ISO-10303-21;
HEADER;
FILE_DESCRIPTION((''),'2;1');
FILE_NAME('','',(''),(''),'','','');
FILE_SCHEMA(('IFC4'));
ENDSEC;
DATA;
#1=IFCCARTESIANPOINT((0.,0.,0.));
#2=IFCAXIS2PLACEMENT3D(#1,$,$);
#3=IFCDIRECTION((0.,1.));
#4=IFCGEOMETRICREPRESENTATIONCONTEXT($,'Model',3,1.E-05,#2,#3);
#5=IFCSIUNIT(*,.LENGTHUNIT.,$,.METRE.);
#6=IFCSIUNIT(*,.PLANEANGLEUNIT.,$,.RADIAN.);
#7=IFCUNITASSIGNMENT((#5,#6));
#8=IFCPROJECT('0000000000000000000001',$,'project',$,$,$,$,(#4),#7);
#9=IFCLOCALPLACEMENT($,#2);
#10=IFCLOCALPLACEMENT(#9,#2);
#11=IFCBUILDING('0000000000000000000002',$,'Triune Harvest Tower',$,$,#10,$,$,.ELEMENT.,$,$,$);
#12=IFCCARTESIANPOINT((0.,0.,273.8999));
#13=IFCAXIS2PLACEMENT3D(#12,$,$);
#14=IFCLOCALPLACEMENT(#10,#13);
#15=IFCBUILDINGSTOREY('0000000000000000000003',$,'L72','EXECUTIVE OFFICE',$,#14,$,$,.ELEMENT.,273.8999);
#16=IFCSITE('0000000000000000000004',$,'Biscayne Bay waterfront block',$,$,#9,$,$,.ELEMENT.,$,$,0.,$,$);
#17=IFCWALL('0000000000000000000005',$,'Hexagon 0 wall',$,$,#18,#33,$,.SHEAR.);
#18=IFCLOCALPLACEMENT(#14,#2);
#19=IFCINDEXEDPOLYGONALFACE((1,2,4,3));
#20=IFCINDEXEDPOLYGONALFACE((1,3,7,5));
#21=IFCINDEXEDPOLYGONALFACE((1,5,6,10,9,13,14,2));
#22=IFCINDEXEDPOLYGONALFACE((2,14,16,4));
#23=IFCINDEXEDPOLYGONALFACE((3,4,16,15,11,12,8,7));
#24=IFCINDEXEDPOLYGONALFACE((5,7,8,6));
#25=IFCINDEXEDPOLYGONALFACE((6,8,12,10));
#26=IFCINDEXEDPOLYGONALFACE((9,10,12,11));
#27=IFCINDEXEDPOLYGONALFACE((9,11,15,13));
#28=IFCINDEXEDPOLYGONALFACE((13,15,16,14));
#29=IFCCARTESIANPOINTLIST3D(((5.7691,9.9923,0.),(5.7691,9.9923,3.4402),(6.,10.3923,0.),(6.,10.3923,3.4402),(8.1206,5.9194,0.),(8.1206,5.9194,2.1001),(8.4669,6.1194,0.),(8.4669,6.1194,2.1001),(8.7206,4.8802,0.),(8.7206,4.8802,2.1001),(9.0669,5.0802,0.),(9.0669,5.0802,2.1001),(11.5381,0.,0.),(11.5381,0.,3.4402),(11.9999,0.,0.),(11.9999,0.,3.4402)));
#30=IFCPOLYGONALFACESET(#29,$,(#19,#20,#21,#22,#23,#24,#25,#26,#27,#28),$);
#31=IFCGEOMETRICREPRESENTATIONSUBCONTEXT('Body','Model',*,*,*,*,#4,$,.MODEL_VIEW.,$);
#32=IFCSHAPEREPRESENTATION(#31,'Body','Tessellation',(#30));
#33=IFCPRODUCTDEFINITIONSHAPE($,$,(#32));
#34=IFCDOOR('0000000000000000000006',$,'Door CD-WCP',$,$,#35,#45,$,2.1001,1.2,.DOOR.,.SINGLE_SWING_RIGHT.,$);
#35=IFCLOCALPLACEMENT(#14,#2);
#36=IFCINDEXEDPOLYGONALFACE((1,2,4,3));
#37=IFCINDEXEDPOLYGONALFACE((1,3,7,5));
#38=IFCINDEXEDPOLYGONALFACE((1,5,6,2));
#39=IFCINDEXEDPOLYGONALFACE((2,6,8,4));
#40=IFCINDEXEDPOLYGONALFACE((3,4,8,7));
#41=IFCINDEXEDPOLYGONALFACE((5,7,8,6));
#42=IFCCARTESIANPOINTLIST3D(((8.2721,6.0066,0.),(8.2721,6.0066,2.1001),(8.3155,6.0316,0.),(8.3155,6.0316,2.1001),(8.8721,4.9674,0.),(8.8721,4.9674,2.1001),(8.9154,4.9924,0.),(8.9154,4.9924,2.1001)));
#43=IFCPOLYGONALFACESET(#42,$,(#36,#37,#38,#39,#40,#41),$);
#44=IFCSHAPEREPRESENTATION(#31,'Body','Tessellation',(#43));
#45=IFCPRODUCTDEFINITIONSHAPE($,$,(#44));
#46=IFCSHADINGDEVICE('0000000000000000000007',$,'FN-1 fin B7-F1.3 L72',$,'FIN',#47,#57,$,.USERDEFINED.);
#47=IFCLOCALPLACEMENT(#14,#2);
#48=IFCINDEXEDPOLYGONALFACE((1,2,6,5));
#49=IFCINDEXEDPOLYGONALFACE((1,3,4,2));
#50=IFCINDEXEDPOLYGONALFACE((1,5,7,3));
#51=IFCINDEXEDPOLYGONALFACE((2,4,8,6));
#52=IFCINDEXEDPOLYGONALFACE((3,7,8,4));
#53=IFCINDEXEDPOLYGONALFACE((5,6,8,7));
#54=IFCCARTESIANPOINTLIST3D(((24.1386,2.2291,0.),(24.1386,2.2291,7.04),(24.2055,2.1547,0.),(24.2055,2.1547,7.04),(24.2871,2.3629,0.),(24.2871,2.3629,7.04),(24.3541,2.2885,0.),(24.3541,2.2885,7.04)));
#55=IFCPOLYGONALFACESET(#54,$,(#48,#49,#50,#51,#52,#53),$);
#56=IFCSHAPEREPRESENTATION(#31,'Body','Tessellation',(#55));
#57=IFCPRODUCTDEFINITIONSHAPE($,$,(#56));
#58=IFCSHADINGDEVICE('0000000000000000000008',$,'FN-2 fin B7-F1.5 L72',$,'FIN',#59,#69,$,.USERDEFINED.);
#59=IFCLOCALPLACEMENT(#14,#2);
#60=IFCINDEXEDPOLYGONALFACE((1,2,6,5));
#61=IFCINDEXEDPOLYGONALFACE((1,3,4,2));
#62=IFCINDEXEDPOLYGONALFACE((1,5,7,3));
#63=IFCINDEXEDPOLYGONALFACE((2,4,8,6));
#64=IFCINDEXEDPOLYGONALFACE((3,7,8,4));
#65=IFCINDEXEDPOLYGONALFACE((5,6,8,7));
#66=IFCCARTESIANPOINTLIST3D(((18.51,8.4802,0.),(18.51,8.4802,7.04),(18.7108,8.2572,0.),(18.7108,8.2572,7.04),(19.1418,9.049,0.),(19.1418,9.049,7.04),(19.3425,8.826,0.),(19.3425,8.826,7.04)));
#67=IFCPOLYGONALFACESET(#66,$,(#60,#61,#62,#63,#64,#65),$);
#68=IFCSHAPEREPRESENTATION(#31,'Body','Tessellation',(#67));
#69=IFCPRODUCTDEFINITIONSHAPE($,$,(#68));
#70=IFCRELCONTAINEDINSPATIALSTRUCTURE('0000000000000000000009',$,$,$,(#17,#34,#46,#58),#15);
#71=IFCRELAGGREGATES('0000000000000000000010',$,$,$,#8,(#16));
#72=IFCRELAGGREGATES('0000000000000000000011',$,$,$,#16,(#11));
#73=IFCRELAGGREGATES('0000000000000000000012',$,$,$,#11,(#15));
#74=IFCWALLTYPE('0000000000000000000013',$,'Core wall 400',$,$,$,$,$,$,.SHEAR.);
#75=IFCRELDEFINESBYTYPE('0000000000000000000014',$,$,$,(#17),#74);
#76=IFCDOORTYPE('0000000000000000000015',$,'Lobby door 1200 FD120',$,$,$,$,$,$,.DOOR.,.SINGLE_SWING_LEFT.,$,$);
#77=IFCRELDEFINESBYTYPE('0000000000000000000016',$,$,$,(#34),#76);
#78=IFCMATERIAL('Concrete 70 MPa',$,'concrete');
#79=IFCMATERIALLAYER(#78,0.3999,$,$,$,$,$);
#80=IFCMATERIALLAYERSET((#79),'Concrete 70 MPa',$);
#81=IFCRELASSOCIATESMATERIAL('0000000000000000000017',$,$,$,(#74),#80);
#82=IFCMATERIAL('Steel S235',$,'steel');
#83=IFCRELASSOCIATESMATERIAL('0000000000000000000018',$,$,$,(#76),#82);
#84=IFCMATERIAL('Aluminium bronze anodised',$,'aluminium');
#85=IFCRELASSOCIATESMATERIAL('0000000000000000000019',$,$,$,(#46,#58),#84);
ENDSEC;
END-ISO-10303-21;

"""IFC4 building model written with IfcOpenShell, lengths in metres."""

from ifc_helpers import new_model, si_unit, direction, frame, frame_2d, origin, origin_2d, place, context, subcontext, project, spatial, polyline, rectangle, outline, extrude, source, transform, mapped, material, layer, layer_set, type_object, element, fill, save


model = new_model("IFC4")

# Units and contexts
model_context = context("Model", 3, precision=1e-05, world=origin(), true_north=direction((0.0, 1.0)))
body_context = subcontext(model_context, "Body", "Model", "MODEL_VIEW")
ifc_project = project(units=[si_unit("LENGTHUNIT", "METRE"), si_unit("PLANEANGLEUNIT", "RADIAN")], contexts=[model_context])

# Site, building, storey
site_placement = place(None, origin())
site = spatial("IfcSite", under=ifc_project, at=site_placement, Name="Biscayne Bay waterfront block", CompositionType="ELEMENT", RefElevation=0.0)
building_placement = place(site_placement, origin())
building = spatial("IfcBuilding", under=site, at=building_placement, Name="Triune Harvest Tower", CompositionType="ELEMENT")
storey_placement = place(building_placement, frame((0.0, 0.0, 273.8999)))
storey = spatial("IfcBuildingStorey", under=building, at=storey_placement, Name="L72", Description="EXECUTIVE OFFICE", CompositionType="ELEMENT", Elevation=273.8999)

# Wall, opening, door
ifc_material_1 = material(Name="Concrete 70 MPa", Category="concrete")
ifc_layer_1 = layer(ifc_material_1, 0.3999)
ifc_layer_set_1 = layer_set([ifc_layer_1], Name="Concrete 70 MPa")
wall_type = type_object("IfcWallType", Name="Core wall 400", PredefinedType="SHEAR", material=ifc_layer_set_1)
shared_shape_1 = source(origin(), body_context, "Body", "SweptSolid", [
    extrude(outline(polyline([(-0.1155, -0.2), (11.8845, -0.2), (11.6536, 0.2), (0.1155, 0.2), (-0.1155, -0.2)])), origin(), (0.0, 0.0, 1.0), 3.4402),
])
wall_placement = place(storey_placement, frame((11.769, 0.0, 0.0), z_axis=(0.0, 0.0, 1.0), x_axis=(-0.499997, 0.866027, 0.0)))
wall = element("IfcWall", 1, at=wall_placement, inside=storey, type_object=wall_type, Name="Hexagon 0 wall", PredefinedType="SHEAR", context=body_context, shape_type="MappedRepresentation", body=[
    mapped(shared_shape_1, transform((0.0, 0.0, 0.0), scale=1.0)),
])
opening_placement = place(wall_placement, frame((5.7505, 0.0, 0.0)))
opening = element("IfcOpeningElement", 2, at=opening_placement, cuts=wall, PredefinedType="OPENING", context=body_context, shape_type="SweptSolid", body=[
    extrude(rectangle(XDim=1.2, YDim=2.1001, at=frame_2d((0.6001, 1.05))), frame((0.0, 0.21, 0.0), z_axis=(0.0, -1.0, 0.0), x_axis=(1.0, 0.0, 0.0)), (0.0, 0.0, 1.0), 0.4199),
])
ifc_material_2 = material(Name="Steel S235", Category="steel")
door_type = type_object("IfcDoorType", Name="Lobby door 1200 FD120", OperationType="SINGLE_SWING_LEFT", PredefinedType="DOOR", material=ifc_material_2)
door_placement = place(opening_placement, frame((1.2, 0.0, 0.0), z_axis=(0.0, 0.0, 1.0), x_axis=(-1.0, 0.0, 0.0)))
door = element("IfcDoor", 3, at=door_placement, inside=storey, type_object=door_type, Name="Door CD-WCP", OperationType="SINGLE_SWING_RIGHT", OverallHeight=2.1001, OverallWidth=1.2, PredefinedType="DOOR", context=body_context, shape_type="SweptSolid", body=[
    extrude(rectangle(XDim=1.2, YDim=2.1001, at=frame_2d((0.6001, 1.05))), frame((0.0, 0.0249, 0.0), z_axis=(0.0, -1.0, 0.0), x_axis=(1.0, 0.0, 0.0)), (0.0, 0.0, 1.0), 0.05),
])
fill(opening, door)

# Shading devices
ifc_material_3 = material(Name="Aluminium bronze anodised", Category="aluminium")
shared_shape_2 = source(origin(), body_context, "Body", "SweptSolid", [
    extrude(rectangle(XDim=0.1001, YDim=0.2, at=origin_2d()), origin(), (0.0, 0.0, 1.0), 7.04),
])
shading_device_1_placement = place(storey_placement, frame((24.2463, 2.2588, 0.0), z_axis=(0.0, 0.0, 1.0), x_axis=(-0.669131, 0.743144, 0.0)))
element("IfcShadingDevice", 4, at=shading_device_1_placement, inside=storey, material=ifc_material_3, Name="FN-1 fin B7-F1.3 L72", ObjectType="FIN", PredefinedType="USERDEFINED", context=body_context, shape_type="MappedRepresentation", body=[
    mapped(shared_shape_2, transform((0.0, 0.0, 0.0), scale=1.0)),
])
shared_shape_3 = source(origin(), body_context, "Body", "SweptSolid", [
    extrude(rectangle(XDim=0.3, YDim=0.8501, at=origin_2d()), origin(), (0.0, 0.0, 1.0), 7.04),
])
shading_device_2_placement = place(storey_placement, frame((18.9263, 8.6531, 0.0), z_axis=(0.0, 0.0, 1.0), x_axis=(-0.669131, 0.743144, 0.0)))
element("IfcShadingDevice", 5, at=shading_device_2_placement, inside=storey, material=ifc_material_3, Name="FN-2 fin B7-F1.5 L72", ObjectType="FIN", PredefinedType="USERDEFINED", context=body_context, shape_type="MappedRepresentation", body=[
    mapped(shared_shape_3, transform((0.0, 0.0, 0.0), scale=1.0)),
])

save(model, "model.ifc")
